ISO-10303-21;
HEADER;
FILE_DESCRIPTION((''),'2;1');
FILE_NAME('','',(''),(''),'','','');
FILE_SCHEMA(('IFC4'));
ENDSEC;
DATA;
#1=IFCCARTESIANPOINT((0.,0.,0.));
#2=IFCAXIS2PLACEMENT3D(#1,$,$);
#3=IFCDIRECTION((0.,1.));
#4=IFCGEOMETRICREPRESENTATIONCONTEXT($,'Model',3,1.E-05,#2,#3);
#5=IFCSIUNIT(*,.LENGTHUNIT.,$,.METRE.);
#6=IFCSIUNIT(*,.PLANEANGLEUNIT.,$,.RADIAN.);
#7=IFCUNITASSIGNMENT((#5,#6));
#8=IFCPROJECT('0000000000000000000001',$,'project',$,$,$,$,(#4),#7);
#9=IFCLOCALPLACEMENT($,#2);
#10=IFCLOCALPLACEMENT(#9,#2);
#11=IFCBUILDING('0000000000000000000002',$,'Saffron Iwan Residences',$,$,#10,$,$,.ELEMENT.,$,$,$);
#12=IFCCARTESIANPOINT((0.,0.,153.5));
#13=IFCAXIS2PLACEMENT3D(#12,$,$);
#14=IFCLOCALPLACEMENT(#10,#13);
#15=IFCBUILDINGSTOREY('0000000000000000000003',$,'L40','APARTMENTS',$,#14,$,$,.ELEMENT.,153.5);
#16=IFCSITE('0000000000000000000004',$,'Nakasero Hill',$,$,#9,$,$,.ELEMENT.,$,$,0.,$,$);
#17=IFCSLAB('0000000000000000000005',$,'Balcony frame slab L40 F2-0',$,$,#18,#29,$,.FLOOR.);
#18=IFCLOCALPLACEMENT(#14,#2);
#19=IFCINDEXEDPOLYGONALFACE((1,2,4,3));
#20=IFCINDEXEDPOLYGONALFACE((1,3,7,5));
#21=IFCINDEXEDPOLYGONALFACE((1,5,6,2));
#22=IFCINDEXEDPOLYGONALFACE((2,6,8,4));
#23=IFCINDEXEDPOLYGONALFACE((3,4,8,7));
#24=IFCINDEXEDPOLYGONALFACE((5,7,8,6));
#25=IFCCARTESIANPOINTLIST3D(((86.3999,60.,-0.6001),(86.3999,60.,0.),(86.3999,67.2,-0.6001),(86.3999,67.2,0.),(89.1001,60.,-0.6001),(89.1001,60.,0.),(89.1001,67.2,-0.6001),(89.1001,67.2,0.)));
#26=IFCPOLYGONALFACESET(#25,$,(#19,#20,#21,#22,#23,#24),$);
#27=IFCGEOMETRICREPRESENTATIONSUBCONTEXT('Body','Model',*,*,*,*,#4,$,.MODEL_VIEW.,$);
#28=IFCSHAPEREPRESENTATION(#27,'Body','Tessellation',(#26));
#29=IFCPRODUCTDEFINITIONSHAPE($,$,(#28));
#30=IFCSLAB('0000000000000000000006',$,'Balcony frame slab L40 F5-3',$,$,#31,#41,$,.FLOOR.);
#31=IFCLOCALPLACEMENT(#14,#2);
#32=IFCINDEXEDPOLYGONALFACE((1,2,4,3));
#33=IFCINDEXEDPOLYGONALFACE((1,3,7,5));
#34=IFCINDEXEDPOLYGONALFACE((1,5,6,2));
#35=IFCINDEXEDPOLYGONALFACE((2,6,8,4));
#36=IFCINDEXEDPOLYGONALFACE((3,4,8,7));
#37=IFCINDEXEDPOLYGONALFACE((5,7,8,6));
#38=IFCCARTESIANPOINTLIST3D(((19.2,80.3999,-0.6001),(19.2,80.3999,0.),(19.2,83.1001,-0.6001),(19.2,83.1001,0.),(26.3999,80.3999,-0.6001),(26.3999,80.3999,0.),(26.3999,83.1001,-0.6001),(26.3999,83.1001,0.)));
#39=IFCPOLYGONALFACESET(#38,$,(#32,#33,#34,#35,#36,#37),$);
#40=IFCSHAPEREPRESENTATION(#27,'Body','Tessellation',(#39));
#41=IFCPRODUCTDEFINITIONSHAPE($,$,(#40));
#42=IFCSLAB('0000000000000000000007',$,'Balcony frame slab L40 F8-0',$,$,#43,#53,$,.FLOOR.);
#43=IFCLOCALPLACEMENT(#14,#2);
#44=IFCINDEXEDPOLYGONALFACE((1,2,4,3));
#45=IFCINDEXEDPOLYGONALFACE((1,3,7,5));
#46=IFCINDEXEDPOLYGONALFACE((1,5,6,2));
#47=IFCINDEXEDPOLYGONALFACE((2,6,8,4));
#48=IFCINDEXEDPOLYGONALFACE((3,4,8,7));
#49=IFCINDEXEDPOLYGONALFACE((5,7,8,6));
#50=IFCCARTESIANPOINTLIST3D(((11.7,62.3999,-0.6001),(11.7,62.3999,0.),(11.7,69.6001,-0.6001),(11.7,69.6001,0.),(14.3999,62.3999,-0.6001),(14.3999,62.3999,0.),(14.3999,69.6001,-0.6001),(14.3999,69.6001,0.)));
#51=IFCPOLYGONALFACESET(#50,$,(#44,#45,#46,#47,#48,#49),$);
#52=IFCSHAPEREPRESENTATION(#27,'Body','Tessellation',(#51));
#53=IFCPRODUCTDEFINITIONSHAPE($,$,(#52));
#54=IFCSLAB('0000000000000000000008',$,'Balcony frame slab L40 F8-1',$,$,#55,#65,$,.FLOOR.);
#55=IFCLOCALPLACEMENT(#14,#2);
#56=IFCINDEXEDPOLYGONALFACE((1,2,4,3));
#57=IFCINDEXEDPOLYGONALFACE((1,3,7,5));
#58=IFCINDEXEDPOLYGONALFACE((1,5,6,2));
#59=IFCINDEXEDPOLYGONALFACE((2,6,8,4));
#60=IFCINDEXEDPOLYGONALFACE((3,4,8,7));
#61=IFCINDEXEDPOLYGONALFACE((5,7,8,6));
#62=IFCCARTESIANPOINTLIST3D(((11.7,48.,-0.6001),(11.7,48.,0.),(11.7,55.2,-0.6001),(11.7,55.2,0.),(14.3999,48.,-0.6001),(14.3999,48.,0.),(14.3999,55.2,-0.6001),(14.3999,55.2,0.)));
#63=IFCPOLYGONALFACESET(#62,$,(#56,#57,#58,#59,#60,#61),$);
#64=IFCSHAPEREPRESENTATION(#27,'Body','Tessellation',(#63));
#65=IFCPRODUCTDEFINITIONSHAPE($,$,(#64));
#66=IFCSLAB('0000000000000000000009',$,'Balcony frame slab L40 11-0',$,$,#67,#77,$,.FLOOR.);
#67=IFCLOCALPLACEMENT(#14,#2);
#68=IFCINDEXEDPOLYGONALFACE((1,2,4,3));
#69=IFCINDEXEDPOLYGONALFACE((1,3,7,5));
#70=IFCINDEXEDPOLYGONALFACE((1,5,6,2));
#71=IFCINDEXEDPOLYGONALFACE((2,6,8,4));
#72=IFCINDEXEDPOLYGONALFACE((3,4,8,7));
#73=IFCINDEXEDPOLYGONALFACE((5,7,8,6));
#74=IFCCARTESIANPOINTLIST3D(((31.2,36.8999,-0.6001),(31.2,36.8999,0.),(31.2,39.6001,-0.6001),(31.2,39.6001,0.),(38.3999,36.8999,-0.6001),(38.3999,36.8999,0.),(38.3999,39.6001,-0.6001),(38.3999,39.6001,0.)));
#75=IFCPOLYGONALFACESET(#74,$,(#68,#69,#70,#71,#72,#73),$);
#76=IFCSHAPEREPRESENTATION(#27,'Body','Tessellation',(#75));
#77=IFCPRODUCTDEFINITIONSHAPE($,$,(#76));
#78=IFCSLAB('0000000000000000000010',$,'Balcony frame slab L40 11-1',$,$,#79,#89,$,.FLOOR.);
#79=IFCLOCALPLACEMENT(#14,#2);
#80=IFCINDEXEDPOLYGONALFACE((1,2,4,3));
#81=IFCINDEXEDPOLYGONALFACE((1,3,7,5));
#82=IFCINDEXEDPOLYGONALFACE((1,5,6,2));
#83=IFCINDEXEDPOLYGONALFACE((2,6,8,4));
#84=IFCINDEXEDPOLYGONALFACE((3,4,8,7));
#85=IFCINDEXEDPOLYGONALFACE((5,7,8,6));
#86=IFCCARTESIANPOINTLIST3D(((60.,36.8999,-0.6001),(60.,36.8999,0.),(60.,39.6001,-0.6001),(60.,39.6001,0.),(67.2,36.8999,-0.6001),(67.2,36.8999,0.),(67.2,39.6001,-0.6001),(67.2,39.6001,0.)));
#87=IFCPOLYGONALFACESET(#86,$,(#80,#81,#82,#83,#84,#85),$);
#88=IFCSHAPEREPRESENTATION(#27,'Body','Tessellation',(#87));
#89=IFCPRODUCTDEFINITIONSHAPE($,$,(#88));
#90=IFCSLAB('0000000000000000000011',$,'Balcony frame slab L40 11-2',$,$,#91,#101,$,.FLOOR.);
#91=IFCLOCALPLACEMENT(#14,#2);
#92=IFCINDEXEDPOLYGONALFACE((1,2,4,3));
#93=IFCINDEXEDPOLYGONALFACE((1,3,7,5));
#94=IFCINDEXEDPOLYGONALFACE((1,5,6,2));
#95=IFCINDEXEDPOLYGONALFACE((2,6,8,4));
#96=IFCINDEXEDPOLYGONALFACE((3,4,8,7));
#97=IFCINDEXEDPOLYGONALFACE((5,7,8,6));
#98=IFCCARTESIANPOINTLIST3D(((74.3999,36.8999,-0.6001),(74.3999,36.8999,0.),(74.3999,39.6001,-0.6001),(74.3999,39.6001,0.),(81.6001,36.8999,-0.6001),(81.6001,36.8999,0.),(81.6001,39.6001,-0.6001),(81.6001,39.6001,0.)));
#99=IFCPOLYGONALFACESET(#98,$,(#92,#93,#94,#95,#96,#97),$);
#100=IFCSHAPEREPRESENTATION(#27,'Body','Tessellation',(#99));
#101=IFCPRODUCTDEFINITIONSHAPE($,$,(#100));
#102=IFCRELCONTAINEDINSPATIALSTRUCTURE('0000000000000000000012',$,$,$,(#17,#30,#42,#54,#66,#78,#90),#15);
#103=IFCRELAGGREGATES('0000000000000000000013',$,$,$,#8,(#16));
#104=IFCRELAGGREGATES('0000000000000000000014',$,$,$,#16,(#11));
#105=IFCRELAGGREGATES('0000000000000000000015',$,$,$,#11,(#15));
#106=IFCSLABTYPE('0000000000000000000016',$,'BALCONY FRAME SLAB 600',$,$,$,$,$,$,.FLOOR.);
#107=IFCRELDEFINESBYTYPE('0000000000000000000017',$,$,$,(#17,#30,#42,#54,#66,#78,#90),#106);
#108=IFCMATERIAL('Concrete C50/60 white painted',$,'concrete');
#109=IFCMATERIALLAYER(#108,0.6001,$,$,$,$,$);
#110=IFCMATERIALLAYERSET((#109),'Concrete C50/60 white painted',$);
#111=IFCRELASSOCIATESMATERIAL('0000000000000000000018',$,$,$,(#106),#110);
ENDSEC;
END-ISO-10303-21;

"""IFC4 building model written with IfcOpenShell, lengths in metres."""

from ifc_helpers import new_model, si_unit, direction, frame, origin, place, context, subcontext, project, spatial, polyline, outline, extrude, material, layer, layer_set, type_object, element, save


model = new_model("IFC4")

# Units and contexts
model_context = context("Model", 3, precision=1e-05, world=origin(), true_north=direction((0.0, 1.0)))
body_context = subcontext(model_context, "Body", "Model", "MODEL_VIEW")
ifc_project = project(units=[si_unit("LENGTHUNIT", "METRE"), si_unit("PLANEANGLEUNIT", "RADIAN")], contexts=[model_context])

# Site, building, storey
site_placement = place(None, origin())
site = spatial("IfcSite", under=ifc_project, at=site_placement, Name="Nakasero Hill", CompositionType="ELEMENT", RefElevation=0.0)
building_placement = place(site_placement, origin())
building = spatial("IfcBuilding", under=site, at=building_placement, Name="Saffron Iwan Residences", CompositionType="ELEMENT")
storey_placement = place(building_placement, frame((0.0, 0.0, 153.5)))
storey = spatial("IfcBuildingStorey", under=building, at=storey_placement, Name="L40", Description="APARTMENTS", CompositionType="ELEMENT", Elevation=153.5)

# Slabs
ifc_material_1 = material(Name="Concrete C50/60 white painted", Category="concrete")
ifc_layer_1 = layer(ifc_material_1, 0.6001)
ifc_layer_set_1 = layer_set([ifc_layer_1], Name="Concrete C50/60 white painted")
slab_type_1 = type_object("IfcSlabType", Name="BALCONY FRAME SLAB 600", PredefinedType="FLOOR", material=ifc_layer_set_1)
slab_1_placement = place(storey_placement, frame((0.0, 0.0, -0.6001)))
element("IfcSlab", 1, at=slab_1_placement, inside=storey, type_object=slab_type_1, Name="Balcony frame slab L40 F2-0", PredefinedType="FLOOR", context=body_context, shape_type="SweptSolid", body=[
    extrude(outline(polyline([(89.1001, 60.0), (89.1001, 67.2), (86.3999, 67.2), (86.3999, 60.0), (89.1001, 60.0)])), origin(), (0.0, 0.0, 1.0), 0.6001),
])
slab_2_placement = place(storey_placement, frame((0.0, 0.0, -0.6001)))
element("IfcSlab", 2, at=slab_2_placement, inside=storey, type_object=slab_type_1, Name="Balcony frame slab L40 F5-3", PredefinedType="FLOOR", context=body_context, shape_type="SweptSolid", body=[
    extrude(outline(polyline([(26.3999, 83.1001), (19.2, 83.1001), (19.2, 80.3999), (26.3999, 80.3999), (26.3999, 83.1001)])), origin(), (0.0, 0.0, 1.0), 0.6001),
])
slab_3_placement = place(storey_placement, frame((0.0, 0.0, -0.6001)))
element("IfcSlab", 3, at=slab_3_placement, inside=storey, type_object=slab_type_1, Name="Balcony frame slab L40 F8-0", PredefinedType="FLOOR", context=body_context, shape_type="SweptSolid", body=[
    extrude(outline(polyline([(11.7, 69.6001), (11.7, 62.3999), (14.3999, 62.3999), (14.3999, 69.6001), (11.7, 69.6001)])), origin(), (0.0, 0.0, 1.0), 0.6001),
])
slab_4_placement = place(storey_placement, frame((0.0, 0.0, -0.6001)))
element("IfcSlab", 4, at=slab_4_placement, inside=storey, type_object=slab_type_1, Name="Balcony frame slab L40 F8-1", PredefinedType="FLOOR", context=body_context, shape_type="SweptSolid", body=[
    extrude(outline(polyline([(11.7, 55.2), (11.7, 48.0), (14.3999, 48.0), (14.3999, 55.2), (11.7, 55.2)])), origin(), (0.0, 0.0, 1.0), 0.6001),
])
slab_5_placement = place(storey_placement, frame((0.0, 0.0, -0.6001)))
element("IfcSlab", 5, at=slab_5_placement, inside=storey, type_object=slab_type_1, Name="Balcony frame slab L40 11-0", PredefinedType="FLOOR", context=body_context, shape_type="SweptSolid", body=[
    extrude(outline(polyline([(31.2, 36.8999), (38.3999, 36.8999), (38.3999, 39.6001), (31.2, 39.6001), (31.2, 36.8999)])), origin(), (0.0, 0.0, 1.0), 0.6001),
])
slab_6_placement = place(storey_placement, frame((0.0, 0.0, -0.6001)))
element("IfcSlab", 6, at=slab_6_placement, inside=storey, type_object=slab_type_1, Name="Balcony frame slab L40 11-1", PredefinedType="FLOOR", context=body_context, shape_type="SweptSolid", body=[
    extrude(outline(polyline([(60.0, 36.8999), (67.2, 36.8999), (67.2, 39.6001), (60.0, 39.6001), (60.0, 36.8999)])), origin(), (0.0, 0.0, 1.0), 0.6001),
])
slab_7_placement = place(storey_placement, frame((0.0, 0.0, -0.6001)))
element("IfcSlab", 7, at=slab_7_placement, inside=storey, type_object=slab_type_1, Name="Balcony frame slab L40 11-2", PredefinedType="FLOOR", context=body_context, shape_type="SweptSolid", body=[
    extrude(outline(polyline([(74.3999, 36.8999), (81.6001, 36.8999), (81.6001, 39.6001), (74.3999, 39.6001), (74.3999, 36.8999)])), origin(), (0.0, 0.0, 1.0), 0.6001),
])

save(model, "model.ifc")
